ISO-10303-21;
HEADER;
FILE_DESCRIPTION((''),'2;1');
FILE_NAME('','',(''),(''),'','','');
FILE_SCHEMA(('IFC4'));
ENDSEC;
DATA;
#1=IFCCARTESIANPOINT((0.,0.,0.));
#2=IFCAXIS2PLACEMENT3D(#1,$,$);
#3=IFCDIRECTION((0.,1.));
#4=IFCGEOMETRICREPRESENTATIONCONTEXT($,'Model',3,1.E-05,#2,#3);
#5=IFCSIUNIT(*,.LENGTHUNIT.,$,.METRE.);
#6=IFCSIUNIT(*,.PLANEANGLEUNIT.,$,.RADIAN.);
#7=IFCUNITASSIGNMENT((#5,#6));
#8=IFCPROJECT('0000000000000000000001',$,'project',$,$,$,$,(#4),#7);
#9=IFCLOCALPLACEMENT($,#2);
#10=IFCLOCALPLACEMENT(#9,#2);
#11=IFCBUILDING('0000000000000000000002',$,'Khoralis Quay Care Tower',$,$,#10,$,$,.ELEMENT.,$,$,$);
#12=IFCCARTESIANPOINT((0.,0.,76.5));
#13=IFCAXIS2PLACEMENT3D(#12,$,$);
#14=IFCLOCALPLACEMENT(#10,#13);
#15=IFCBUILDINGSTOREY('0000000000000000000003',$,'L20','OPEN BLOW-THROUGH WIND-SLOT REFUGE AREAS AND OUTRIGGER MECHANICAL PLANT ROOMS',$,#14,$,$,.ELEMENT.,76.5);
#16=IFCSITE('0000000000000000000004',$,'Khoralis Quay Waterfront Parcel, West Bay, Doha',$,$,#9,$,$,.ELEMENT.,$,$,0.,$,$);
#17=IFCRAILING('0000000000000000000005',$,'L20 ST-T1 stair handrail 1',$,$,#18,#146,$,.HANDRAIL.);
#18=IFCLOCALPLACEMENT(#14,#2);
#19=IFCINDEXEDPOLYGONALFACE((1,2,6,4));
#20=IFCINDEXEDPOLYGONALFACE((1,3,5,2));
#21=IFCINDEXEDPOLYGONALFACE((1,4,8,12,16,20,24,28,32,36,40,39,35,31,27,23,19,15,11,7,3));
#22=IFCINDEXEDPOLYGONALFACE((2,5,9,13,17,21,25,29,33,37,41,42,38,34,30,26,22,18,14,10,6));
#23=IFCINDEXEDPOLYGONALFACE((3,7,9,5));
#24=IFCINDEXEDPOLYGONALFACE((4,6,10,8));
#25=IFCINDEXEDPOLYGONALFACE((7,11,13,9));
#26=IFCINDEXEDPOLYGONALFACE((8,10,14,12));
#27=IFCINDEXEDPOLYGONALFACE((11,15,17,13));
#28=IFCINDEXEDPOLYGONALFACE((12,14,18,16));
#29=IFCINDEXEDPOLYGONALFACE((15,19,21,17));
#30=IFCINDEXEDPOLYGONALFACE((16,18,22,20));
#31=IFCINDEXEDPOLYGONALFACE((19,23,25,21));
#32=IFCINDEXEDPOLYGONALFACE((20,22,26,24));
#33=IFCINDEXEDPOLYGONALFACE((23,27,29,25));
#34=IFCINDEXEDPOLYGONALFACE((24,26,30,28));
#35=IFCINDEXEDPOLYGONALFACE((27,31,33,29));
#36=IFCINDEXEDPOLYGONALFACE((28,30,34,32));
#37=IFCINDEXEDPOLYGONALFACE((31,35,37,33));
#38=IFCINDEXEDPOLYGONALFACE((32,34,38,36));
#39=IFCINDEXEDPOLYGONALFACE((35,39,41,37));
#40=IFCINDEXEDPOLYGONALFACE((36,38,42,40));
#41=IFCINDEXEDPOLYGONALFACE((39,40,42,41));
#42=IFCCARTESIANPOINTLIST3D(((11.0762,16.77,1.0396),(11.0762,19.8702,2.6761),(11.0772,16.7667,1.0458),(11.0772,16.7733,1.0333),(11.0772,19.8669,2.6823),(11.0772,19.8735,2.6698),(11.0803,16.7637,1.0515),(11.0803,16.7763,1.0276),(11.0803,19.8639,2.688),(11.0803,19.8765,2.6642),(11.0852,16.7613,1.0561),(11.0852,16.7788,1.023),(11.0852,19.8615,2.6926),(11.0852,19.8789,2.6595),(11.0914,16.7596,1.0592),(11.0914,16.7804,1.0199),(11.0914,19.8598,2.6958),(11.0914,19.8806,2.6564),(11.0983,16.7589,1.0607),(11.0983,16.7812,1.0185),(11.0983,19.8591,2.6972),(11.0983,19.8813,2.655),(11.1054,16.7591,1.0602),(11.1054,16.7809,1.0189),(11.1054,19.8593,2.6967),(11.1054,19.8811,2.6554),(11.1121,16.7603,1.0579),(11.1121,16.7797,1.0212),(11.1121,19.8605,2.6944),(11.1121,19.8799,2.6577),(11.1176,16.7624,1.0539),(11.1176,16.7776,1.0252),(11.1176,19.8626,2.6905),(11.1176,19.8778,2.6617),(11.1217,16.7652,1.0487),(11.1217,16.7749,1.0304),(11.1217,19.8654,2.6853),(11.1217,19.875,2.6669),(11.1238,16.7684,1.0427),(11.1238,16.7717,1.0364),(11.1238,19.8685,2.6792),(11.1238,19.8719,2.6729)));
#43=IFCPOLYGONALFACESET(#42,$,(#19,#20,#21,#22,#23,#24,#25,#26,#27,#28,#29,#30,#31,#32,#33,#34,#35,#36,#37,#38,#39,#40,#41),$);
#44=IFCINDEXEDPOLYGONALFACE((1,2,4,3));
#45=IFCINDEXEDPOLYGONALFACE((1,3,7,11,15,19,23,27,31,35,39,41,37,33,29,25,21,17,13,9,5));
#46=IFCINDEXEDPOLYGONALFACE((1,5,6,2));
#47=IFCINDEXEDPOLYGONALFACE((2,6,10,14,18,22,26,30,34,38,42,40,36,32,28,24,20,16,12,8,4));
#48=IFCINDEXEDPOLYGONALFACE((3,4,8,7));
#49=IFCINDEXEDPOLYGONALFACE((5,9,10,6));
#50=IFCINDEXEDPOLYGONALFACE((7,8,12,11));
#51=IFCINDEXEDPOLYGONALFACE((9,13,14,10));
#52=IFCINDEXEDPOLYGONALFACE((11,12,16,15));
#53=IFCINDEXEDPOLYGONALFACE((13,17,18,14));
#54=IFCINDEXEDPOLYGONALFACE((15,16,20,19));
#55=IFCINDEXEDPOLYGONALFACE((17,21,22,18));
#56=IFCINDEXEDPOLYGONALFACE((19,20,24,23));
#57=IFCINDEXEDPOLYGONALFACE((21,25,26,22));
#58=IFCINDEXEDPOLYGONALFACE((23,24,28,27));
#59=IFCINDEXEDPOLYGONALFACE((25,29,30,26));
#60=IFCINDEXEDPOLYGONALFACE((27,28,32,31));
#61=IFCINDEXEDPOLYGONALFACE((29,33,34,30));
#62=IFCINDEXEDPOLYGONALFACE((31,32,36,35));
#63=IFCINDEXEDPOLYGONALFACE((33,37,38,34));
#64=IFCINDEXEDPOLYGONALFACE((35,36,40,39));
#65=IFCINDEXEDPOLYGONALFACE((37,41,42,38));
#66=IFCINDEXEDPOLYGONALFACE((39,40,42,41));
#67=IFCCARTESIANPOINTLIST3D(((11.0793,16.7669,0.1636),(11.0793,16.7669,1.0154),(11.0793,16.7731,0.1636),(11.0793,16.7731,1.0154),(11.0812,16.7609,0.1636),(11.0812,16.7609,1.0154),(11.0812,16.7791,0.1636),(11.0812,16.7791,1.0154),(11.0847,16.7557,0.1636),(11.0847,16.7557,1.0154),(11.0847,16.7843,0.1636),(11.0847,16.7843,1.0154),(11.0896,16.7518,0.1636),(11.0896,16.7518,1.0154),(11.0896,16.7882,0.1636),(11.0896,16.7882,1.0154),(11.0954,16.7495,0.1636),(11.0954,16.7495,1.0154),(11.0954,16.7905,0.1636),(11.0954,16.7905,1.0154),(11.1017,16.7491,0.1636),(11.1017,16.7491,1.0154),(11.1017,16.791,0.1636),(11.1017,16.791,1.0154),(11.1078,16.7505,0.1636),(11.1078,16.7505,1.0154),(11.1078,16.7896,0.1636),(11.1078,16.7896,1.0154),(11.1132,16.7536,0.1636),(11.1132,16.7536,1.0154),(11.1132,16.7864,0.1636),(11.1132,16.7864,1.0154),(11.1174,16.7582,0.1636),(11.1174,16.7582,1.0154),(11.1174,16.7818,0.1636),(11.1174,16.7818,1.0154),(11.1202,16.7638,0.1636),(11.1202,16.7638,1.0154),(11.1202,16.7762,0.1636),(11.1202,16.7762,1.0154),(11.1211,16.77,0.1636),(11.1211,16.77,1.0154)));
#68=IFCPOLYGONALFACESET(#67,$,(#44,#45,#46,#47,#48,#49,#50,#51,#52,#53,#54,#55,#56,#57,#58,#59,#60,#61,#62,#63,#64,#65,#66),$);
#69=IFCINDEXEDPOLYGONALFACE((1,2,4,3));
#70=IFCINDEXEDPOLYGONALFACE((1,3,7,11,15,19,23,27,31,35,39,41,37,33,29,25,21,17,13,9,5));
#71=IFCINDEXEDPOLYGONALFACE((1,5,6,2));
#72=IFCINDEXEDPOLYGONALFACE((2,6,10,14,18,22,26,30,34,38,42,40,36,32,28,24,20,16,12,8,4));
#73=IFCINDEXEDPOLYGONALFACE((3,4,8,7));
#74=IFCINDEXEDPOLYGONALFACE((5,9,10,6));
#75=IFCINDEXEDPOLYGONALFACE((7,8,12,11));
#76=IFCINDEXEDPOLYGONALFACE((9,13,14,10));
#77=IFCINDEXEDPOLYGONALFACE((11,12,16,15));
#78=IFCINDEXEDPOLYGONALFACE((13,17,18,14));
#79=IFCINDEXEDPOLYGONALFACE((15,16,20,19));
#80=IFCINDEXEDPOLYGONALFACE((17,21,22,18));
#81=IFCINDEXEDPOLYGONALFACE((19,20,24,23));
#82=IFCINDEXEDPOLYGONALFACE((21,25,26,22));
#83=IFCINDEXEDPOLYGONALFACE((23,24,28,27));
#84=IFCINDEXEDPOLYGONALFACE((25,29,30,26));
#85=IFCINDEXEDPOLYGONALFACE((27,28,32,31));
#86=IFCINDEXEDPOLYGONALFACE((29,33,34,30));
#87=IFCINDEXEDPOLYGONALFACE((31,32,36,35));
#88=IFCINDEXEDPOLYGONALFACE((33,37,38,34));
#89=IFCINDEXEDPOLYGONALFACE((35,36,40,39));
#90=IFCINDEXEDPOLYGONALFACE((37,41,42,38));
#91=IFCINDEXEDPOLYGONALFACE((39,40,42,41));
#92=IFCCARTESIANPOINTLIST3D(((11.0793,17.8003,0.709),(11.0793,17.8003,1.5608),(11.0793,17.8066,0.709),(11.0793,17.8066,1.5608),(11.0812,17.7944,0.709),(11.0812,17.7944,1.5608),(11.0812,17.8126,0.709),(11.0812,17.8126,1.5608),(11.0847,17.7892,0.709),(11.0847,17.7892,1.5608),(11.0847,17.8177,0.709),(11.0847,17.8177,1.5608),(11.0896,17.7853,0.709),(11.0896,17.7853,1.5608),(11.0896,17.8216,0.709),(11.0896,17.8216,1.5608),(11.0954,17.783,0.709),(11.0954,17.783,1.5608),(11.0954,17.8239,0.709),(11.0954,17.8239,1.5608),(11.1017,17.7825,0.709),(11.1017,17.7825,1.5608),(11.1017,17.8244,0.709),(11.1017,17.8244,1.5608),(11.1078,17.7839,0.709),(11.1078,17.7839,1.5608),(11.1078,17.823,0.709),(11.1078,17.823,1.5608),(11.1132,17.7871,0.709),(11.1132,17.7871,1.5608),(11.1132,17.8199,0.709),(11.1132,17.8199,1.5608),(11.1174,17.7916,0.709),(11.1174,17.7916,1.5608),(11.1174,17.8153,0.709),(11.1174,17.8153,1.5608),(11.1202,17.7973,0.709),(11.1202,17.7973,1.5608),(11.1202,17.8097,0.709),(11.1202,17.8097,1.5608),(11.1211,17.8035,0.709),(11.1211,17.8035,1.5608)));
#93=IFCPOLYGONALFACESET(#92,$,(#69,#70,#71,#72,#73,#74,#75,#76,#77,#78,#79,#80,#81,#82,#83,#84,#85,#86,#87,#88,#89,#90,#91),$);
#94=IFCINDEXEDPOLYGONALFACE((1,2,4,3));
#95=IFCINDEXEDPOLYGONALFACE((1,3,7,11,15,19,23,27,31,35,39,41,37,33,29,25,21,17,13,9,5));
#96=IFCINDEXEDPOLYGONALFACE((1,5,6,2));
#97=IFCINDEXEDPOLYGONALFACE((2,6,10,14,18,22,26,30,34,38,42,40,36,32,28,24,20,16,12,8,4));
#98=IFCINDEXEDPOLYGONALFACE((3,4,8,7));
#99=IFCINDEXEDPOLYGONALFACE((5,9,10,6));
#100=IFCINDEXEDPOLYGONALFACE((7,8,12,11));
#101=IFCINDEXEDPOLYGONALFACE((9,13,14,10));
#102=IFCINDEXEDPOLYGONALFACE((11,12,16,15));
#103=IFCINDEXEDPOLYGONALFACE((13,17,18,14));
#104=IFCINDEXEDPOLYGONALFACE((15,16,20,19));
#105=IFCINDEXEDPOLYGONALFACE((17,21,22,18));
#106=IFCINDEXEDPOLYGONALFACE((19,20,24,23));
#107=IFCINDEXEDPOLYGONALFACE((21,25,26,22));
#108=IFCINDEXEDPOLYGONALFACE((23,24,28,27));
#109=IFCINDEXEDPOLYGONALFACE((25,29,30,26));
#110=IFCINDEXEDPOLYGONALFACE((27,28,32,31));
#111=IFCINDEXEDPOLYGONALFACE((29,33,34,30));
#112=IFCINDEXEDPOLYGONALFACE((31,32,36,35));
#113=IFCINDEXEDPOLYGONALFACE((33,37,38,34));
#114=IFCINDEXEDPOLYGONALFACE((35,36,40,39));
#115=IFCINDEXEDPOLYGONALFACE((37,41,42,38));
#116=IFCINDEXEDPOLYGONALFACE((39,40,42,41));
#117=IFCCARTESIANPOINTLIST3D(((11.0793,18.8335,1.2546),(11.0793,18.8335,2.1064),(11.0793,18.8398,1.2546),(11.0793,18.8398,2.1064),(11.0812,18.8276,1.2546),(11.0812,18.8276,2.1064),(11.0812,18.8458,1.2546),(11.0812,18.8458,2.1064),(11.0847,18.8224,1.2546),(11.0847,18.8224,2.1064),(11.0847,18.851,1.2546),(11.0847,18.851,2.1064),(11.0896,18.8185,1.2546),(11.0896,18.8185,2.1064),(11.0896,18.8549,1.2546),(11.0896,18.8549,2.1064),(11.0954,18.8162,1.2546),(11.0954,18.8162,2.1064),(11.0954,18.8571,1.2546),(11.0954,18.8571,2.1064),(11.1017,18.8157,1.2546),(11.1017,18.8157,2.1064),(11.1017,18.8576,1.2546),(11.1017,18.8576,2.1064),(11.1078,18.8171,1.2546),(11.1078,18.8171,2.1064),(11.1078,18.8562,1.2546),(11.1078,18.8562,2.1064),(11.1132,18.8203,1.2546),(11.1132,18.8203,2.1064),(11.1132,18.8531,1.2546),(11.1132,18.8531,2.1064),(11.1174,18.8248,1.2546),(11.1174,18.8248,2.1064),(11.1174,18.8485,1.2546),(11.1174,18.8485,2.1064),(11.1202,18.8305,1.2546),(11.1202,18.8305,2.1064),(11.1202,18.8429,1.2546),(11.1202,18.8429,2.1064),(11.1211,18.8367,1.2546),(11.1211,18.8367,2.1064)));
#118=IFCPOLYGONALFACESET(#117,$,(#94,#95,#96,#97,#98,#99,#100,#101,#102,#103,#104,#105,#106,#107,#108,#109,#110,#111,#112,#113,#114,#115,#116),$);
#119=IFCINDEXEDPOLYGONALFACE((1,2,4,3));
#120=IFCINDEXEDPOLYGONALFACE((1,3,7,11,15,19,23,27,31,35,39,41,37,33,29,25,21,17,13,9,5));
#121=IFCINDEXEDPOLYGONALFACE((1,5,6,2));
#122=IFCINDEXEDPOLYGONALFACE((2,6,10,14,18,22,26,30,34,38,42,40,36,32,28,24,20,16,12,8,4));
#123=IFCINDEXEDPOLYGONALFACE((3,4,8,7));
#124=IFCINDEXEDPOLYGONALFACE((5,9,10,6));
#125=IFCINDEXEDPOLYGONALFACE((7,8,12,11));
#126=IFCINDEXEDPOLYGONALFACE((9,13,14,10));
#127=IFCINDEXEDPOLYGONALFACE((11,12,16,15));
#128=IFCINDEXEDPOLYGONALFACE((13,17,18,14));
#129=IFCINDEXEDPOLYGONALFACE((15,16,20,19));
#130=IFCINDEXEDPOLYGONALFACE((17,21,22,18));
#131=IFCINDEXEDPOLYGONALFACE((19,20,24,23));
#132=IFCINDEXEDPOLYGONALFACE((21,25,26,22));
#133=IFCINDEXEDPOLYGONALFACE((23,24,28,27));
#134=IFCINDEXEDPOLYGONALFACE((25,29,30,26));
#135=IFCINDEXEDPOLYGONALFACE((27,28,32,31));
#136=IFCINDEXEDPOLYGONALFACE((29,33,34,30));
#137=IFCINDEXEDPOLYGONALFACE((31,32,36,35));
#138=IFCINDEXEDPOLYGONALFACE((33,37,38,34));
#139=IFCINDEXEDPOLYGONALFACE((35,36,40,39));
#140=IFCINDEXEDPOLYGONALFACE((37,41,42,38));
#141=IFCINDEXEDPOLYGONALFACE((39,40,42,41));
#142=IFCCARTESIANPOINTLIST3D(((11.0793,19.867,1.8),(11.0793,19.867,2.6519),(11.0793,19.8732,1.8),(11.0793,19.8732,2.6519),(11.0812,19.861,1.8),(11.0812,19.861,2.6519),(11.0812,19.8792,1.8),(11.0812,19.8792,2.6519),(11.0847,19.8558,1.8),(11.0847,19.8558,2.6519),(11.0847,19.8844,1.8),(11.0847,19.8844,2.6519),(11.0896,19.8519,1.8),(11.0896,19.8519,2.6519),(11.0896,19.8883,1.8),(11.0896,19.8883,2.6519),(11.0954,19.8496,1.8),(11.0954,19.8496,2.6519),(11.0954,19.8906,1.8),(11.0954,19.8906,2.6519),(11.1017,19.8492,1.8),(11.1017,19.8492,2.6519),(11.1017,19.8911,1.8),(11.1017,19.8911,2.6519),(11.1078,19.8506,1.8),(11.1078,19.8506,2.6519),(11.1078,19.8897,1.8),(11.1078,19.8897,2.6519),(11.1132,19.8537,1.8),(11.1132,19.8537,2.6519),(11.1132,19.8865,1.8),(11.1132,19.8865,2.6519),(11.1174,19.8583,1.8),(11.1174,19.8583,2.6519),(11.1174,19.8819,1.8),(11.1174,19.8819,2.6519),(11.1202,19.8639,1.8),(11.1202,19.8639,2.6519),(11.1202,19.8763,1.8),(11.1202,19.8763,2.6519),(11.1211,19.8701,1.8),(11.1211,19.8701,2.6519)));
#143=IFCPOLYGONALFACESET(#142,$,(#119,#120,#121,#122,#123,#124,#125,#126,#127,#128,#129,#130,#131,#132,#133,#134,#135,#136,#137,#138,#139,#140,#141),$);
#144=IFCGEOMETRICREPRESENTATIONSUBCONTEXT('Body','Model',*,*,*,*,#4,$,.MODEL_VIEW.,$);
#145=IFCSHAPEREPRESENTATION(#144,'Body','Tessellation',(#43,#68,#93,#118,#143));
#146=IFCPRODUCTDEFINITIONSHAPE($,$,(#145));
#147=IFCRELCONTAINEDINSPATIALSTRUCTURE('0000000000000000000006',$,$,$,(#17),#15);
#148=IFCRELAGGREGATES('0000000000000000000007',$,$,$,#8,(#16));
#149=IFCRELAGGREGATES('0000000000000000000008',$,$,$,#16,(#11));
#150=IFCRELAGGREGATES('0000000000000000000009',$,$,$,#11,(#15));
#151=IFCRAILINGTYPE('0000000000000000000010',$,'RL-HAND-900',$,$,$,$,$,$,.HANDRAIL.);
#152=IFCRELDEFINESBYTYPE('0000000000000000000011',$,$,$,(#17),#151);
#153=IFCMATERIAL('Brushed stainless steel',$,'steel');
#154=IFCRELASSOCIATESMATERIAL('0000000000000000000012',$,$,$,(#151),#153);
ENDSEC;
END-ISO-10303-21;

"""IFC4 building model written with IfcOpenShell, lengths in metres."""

from ifc_helpers import new_model, si_unit, direction, frame, origin, origin_2d, place, context, subcontext, project, spatial, circle, extrude, material, type_object, element, save


model = new_model("IFC4")

# Units and contexts
model_context = context("Model", 3, precision=1e-05, world=origin(), true_north=direction((0.0, 1.0)))
body_context = subcontext(model_context, "Body", "Model", "MODEL_VIEW")
ifc_project = project(units=[si_unit("LENGTHUNIT", "METRE"), si_unit("PLANEANGLEUNIT", "RADIAN")], contexts=[model_context])

# Site, building, storey
site_placement = place(None, origin())
site = spatial("IfcSite", under=ifc_project, at=site_placement, Name="Khoralis Quay Waterfront Parcel, West Bay, Doha", CompositionType="ELEMENT", RefElevation=0.0)
building_placement = place(site_placement, origin())
building = spatial("IfcBuilding", under=site, at=building_placement, Name="Khoralis Quay Care Tower", CompositionType="ELEMENT")
storey_placement = place(building_placement, frame((0.0, 0.0, 76.5)))
storey = spatial("IfcBuildingStorey", under=building, at=storey_placement, Name="L20", Description="OPEN BLOW-THROUGH WIND-SLOT REFUGE AREAS AND OUTRIGGER MECHANICAL PLANT ROOMS", CompositionType="ELEMENT", Elevation=76.5)

# Railing
ifc_material_1 = material(Name="Brushed stainless steel", Category="steel")
railing_type = type_object("IfcRailingType", Name="RL-HAND-900", PredefinedType="HANDRAIL", material=ifc_material_1)
railing_1_placement = place(storey_placement, frame((11.1001, 16.77, 0.1636)))
element("IfcRailing", 1, at=railing_1_placement, inside=storey, type_object=railing_type, Name="L20 ST-T1 stair handrail 1", PredefinedType="HANDRAIL", context=body_context, shape_type="SweptSolid", body=[
    extrude(circle(Radius=0.0239, at=origin_2d()), frame((0.0, 0.0, 0.876), z_axis=(0.0, 0.884348, 0.466828), x_axis=(-1.0, 0.0, 0.0)), (0.0, 0.0, 1.0), 3.5056),
    extrude(circle(Radius=0.021, at=origin_2d()), origin(), (0.0, 0.0, 1.0), 0.8518),
    extrude(circle(Radius=0.021, at=origin_2d()), frame((0.0, 1.0334, 0.5454)), (0.0, 0.0, 1.0), 0.8518),
    extrude(circle(Radius=0.021, at=origin_2d()), frame((0.0, 2.0667, 1.0911)), (0.0, 0.0, 1.0), 0.8518),
    extrude(circle(Radius=0.021, at=origin_2d()), frame((0.0, 3.1001, 1.6365)), (0.0, 0.0, 1.0), 0.8518),
])

save(model, "model.ifc")
